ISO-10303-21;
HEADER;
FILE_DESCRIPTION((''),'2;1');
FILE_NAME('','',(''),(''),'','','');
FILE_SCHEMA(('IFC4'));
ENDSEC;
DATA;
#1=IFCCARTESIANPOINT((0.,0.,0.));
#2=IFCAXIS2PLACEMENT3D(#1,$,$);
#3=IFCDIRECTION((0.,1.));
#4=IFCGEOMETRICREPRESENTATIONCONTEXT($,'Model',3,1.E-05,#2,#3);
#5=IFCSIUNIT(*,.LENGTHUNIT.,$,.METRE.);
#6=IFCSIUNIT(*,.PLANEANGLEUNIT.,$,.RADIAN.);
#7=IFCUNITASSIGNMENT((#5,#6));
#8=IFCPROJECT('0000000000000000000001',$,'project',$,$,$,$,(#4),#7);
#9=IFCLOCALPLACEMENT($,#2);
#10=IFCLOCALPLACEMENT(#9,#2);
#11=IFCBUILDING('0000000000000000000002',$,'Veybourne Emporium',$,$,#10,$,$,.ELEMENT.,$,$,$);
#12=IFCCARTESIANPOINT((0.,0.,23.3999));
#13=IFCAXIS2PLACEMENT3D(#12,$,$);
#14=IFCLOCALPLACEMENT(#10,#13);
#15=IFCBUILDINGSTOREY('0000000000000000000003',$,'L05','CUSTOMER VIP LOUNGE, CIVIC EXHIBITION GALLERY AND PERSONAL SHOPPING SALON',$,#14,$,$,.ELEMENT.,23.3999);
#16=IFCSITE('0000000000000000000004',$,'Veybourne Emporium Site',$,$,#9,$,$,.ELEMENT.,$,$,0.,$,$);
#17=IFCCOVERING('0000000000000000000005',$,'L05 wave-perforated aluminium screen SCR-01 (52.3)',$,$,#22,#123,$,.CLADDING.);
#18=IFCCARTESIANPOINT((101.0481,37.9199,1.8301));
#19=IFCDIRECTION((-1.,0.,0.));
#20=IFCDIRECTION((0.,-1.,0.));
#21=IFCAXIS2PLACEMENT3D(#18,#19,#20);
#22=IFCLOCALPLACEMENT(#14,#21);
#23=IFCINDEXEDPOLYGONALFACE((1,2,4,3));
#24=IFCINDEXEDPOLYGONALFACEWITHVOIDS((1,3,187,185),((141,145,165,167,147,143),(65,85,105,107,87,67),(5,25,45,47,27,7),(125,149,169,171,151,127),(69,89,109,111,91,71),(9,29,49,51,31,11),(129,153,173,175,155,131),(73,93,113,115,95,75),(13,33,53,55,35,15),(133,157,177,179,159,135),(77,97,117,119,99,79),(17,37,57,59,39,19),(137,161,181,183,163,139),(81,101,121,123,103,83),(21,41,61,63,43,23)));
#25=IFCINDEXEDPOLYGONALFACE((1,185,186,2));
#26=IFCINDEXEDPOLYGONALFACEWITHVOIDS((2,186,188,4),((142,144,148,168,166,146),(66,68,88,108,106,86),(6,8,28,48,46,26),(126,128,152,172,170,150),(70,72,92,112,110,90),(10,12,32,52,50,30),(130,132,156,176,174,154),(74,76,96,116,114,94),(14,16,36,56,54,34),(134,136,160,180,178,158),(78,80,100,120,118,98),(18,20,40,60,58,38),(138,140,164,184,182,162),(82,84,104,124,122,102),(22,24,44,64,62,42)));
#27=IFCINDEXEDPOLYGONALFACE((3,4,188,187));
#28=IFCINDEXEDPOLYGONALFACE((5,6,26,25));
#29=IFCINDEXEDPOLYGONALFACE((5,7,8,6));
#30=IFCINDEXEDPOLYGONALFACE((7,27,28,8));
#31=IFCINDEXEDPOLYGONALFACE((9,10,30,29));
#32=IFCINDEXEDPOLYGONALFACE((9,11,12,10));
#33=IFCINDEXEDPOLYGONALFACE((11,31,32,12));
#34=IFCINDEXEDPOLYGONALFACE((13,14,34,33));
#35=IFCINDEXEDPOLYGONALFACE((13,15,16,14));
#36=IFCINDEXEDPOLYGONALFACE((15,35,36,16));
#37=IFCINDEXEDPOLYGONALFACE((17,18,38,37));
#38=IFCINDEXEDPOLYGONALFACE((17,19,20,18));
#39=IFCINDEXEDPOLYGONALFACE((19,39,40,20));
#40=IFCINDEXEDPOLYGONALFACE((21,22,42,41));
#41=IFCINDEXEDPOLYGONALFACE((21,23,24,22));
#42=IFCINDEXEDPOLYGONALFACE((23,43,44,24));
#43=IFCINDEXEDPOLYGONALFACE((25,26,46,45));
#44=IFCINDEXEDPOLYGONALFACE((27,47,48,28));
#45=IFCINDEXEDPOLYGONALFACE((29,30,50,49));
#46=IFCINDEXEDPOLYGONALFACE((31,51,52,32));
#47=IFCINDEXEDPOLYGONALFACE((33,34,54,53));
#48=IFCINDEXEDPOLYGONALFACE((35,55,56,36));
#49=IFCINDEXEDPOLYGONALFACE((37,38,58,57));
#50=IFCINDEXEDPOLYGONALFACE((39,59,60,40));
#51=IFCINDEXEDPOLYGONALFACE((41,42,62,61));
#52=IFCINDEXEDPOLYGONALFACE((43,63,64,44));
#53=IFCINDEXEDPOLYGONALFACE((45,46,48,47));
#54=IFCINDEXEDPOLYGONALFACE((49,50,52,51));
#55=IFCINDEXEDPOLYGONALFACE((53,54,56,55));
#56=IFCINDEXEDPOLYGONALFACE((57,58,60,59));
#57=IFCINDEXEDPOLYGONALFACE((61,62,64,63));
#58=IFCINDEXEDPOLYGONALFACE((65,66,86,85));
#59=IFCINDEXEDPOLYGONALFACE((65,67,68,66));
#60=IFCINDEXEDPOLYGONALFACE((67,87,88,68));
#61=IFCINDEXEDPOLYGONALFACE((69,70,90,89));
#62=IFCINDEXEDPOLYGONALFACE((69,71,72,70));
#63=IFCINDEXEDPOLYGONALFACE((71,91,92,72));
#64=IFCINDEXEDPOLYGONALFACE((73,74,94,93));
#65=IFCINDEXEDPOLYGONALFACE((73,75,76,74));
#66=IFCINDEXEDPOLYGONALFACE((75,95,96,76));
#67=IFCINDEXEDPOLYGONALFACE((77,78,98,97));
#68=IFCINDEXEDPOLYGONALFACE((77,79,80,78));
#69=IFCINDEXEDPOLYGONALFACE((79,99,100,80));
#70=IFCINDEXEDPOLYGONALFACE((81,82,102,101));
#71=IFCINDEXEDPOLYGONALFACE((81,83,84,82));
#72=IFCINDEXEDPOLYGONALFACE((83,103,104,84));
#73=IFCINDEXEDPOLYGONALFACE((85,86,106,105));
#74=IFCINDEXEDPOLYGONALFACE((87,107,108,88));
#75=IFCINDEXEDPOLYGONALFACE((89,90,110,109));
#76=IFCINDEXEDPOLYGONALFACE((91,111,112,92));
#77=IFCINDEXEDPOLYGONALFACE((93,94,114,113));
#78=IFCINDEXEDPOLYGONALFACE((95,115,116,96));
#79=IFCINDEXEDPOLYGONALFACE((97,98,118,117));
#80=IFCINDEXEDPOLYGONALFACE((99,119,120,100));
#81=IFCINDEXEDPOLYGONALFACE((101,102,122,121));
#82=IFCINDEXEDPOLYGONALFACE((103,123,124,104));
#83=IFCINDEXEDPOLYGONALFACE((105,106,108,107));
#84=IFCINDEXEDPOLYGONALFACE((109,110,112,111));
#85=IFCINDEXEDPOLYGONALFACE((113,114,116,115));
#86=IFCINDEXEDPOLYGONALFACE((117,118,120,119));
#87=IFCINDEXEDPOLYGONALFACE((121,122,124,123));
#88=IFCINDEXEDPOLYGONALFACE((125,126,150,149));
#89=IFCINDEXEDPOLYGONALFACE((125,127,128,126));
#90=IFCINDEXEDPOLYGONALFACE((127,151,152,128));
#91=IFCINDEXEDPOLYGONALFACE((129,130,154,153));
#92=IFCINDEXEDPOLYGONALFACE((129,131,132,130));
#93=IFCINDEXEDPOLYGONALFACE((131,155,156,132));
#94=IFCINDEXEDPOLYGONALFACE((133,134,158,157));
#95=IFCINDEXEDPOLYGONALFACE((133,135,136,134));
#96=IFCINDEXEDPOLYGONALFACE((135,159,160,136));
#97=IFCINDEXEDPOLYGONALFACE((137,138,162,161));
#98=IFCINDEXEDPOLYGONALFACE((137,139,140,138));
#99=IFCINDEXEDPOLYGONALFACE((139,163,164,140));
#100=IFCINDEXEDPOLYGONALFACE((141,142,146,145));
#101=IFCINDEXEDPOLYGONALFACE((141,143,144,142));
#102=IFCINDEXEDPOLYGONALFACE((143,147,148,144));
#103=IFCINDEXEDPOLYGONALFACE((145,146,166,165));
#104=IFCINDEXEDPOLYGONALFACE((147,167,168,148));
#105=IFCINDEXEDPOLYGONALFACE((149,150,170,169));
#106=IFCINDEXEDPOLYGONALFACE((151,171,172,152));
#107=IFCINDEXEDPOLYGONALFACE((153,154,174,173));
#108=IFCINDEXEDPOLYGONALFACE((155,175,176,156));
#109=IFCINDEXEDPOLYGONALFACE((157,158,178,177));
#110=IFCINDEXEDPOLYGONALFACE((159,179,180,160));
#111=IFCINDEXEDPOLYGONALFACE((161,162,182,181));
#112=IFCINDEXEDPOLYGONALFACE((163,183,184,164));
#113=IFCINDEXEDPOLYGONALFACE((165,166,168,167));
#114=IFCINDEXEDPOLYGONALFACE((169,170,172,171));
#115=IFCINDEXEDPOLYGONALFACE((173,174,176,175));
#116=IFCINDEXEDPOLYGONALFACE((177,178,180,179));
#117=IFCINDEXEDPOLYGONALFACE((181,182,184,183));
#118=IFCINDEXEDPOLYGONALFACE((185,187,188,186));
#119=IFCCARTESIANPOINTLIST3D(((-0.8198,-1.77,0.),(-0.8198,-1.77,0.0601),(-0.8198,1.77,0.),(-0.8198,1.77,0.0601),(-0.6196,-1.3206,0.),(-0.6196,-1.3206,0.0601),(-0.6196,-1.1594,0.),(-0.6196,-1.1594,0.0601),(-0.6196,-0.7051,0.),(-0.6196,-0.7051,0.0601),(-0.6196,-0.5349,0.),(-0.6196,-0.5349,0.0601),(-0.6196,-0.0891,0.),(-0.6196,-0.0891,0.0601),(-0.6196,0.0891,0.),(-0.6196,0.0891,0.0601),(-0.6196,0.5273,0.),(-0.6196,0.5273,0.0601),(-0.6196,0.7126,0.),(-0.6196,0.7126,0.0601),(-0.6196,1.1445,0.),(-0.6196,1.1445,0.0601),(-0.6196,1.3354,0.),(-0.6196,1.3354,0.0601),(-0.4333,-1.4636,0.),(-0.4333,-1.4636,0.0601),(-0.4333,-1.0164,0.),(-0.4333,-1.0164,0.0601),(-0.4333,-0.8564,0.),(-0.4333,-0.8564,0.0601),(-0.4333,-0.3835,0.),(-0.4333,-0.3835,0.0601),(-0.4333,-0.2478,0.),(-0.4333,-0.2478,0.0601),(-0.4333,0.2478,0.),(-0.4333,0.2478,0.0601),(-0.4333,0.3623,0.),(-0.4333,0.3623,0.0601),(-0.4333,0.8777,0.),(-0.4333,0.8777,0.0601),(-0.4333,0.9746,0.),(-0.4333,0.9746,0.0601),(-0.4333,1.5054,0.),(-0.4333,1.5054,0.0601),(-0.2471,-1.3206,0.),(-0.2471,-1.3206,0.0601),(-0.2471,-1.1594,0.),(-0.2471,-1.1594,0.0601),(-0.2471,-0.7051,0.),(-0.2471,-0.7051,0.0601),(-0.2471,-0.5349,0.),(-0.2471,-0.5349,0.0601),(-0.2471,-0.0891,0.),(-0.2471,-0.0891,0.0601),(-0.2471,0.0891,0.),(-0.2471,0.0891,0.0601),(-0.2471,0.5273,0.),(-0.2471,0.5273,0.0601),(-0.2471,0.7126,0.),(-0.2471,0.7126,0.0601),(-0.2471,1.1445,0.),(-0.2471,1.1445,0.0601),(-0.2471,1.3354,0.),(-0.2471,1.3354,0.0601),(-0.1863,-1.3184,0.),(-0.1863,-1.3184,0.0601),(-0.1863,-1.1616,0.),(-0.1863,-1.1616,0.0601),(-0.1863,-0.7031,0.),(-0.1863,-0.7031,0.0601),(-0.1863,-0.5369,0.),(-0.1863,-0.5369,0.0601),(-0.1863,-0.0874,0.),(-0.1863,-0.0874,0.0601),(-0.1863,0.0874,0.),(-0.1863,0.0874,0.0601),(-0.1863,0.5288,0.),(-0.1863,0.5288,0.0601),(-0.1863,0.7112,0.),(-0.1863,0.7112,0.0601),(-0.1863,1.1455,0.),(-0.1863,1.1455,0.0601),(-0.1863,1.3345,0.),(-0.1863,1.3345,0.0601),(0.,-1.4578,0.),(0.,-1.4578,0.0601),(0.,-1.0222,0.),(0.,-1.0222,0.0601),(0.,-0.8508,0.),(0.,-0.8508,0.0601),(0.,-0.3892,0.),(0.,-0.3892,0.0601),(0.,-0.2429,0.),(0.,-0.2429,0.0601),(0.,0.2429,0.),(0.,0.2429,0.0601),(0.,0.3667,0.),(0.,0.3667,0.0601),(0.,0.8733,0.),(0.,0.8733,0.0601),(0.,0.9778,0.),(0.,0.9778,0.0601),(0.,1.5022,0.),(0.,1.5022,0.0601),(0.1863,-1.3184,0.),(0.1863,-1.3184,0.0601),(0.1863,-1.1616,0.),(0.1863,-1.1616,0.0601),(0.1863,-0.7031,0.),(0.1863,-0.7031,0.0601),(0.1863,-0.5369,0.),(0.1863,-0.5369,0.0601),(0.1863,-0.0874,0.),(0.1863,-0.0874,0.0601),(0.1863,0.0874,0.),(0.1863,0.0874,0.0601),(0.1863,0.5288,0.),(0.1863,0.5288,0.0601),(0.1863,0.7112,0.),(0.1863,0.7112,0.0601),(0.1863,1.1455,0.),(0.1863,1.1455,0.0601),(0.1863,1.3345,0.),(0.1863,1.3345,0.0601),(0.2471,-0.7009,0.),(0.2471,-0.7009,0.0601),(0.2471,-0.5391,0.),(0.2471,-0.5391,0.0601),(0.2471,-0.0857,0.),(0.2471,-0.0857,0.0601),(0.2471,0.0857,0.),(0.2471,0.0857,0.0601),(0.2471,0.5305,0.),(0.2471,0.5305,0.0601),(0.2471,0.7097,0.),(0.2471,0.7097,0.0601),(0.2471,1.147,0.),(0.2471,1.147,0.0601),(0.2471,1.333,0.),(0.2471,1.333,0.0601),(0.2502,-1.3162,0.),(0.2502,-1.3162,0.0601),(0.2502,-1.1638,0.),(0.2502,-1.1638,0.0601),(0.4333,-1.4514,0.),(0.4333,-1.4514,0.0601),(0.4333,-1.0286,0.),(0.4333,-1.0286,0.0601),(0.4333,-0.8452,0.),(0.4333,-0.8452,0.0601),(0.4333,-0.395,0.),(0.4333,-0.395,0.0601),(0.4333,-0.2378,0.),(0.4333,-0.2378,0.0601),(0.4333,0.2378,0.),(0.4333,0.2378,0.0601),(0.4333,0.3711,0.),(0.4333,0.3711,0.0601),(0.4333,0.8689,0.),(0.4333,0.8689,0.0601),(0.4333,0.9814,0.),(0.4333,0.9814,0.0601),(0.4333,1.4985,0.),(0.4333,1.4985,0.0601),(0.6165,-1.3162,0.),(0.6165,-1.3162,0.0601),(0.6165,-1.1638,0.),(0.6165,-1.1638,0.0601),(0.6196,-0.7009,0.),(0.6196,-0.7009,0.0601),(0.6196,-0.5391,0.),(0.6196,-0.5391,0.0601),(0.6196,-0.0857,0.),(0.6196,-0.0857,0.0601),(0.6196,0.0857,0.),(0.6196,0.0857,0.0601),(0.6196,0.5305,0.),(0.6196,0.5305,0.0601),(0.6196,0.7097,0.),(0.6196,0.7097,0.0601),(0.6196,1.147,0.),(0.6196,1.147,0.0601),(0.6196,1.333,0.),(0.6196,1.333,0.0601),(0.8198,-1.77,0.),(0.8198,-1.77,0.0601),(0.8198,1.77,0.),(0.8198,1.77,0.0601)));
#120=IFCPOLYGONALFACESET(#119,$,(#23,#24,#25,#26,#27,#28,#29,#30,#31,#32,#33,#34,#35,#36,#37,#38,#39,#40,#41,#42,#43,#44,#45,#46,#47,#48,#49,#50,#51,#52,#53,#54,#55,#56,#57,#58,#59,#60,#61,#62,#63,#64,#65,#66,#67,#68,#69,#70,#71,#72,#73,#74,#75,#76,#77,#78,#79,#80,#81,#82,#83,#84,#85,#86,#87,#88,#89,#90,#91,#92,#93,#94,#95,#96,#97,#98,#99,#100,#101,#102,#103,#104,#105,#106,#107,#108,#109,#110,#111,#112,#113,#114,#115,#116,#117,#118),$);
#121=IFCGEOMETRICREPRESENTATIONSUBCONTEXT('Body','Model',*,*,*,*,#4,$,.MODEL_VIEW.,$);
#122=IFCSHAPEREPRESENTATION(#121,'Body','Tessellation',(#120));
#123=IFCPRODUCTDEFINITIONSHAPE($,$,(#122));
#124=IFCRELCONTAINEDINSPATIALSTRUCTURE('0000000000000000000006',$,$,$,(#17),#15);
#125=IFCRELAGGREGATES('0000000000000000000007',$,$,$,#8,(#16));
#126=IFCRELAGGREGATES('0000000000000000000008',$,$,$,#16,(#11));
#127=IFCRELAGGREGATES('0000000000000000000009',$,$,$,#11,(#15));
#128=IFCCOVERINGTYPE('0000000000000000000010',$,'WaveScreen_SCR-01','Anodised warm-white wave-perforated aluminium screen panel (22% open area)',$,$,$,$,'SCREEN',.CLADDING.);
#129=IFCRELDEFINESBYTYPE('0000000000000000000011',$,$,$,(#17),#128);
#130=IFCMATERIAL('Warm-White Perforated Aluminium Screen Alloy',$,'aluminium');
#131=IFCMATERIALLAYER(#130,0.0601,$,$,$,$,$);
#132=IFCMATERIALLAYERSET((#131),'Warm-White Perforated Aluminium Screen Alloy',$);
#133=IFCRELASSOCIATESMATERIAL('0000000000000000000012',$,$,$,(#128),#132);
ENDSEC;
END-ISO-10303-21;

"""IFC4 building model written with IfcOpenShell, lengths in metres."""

from ifc_helpers import new_model, si_unit, direction, frame, origin, place, context, subcontext, project, spatial, polyline, outline, extrude, material, layer, layer_set, type_object, element, save


model = new_model("IFC4")

# Units and contexts
model_context = context("Model", 3, precision=1e-05, world=origin(), true_north=direction((0.0, 1.0)))
body_context = subcontext(model_context, "Body", "Model", "MODEL_VIEW")
ifc_project = project(units=[si_unit("LENGTHUNIT", "METRE"), si_unit("PLANEANGLEUNIT", "RADIAN")], contexts=[model_context])

# Site, building, storey
site_placement = place(None, origin())
site = spatial("IfcSite", under=ifc_project, at=site_placement, Name="Veybourne Emporium Site", CompositionType="ELEMENT", RefElevation=0.0)
building_placement = place(site_placement, origin())
building = spatial("IfcBuilding", under=site, at=building_placement, Name="Veybourne Emporium", CompositionType="ELEMENT")
storey_placement = place(building_placement, frame((0.0, 0.0, 23.3999)))
storey = spatial("IfcBuildingStorey", under=building, at=storey_placement, Name="L05", Description="CUSTOMER VIP LOUNGE, CIVIC EXHIBITION GALLERY AND PERSONAL SHOPPING SALON", CompositionType="ELEMENT", Elevation=23.3999)

# Covering
ifc_material_1 = material(Name="Warm-White Perforated Aluminium Screen Alloy", Category="aluminium")
ifc_layer_1 = layer(ifc_material_1, 0.0601)
ifc_layer_set_1 = layer_set([ifc_layer_1], Name="Warm-White Perforated Aluminium Screen Alloy")
covering_type_1 = type_object("IfcCoveringType", Name="WaveScreen_SCR-01", Description="Anodised warm-white wave-perforated aluminium screen panel (22% open area)", ElementType="SCREEN", PredefinedType="CLADDING", material=ifc_layer_set_1)
covering_1_placement = place(storey_placement, frame((101.0481, 37.9199, 1.8301), z_axis=(-1.0, 0.0, 0.0), x_axis=(0.0, -1.0, 0.0)))
element("IfcCovering", 1, at=covering_1_placement, inside=storey, type_object=covering_type_1, Name="L05 wave-perforated aluminium screen SCR-01 (52.3)", PredefinedType="CLADDING", context=body_context, shape_type="SweptSolid", body=[
    extrude(outline(polyline([(-0.8198, -1.77), (0.8198, -1.77), (0.8198, 1.77), (-0.8198, 1.77), (-0.8198, -1.77)]), holes=[polyline([(-0.4333, -1.0164), (-0.2471, -1.1594), (-0.2471, -1.3206), (-0.4333, -1.4636), (-0.6196, -1.3206), (-0.6196, -1.1594), (-0.4333, -1.0164)]), polyline([(-0.4333, -0.3835), (-0.2471, -0.5349), (-0.2471, -0.7051), (-0.4333, -0.8564), (-0.6196, -0.7051), (-0.6196, -0.5349), (-0.4333, -0.3835)]), polyline([(-0.4333, 0.2478), (-0.2471, 0.0891), (-0.2471, -0.0891), (-0.4333, -0.2478), (-0.6196, -0.0891), (-0.6196, 0.0891), (-0.4333, 0.2478)]), polyline([(-0.4333, 0.8777), (-0.2471, 0.7126), (-0.2471, 0.5273), (-0.4333, 0.3623), (-0.6196, 0.5273), (-0.6196, 0.7126), (-0.4333, 0.8777)]), polyline([(-0.4333, 1.5054), (-0.2471, 1.3354), (-0.2471, 1.1445), (-0.4333, 0.9746), (-0.6196, 1.1445), (-0.6196, 1.3354), (-0.4333, 1.5054)]), polyline([(0.0, -1.0222), (0.1863, -1.1616), (0.1863, -1.3184), (0.0, -1.4578), (-0.1863, -1.3184), (-0.1863, -1.1616), (0.0, -1.0222)]), polyline([(0.0, -0.3892), (0.1863, -0.5369), (0.1863, -0.7031), (0.0, -0.8508), (-0.1863, -0.7031), (-0.1863, -0.5369), (0.0, -0.3892)]), polyline([(0.0, 0.2429), (0.1863, 0.0874), (0.1863, -0.0874), (0.0, -0.2429), (-0.1863, -0.0874), (-0.1863, 0.0874), (0.0, 0.2429)]), polyline([(0.0, 0.8733), (0.1863, 0.7112), (0.1863, 0.5288), (0.0, 0.3667), (-0.1863, 0.5288), (-0.1863, 0.7112), (0.0, 0.8733)]), polyline([(0.0, 1.5022), (0.1863, 1.3345), (0.1863, 1.1455), (0.0, 0.9778), (-0.1863, 1.1455), (-0.1863, 1.3345), (0.0, 1.5022)]), polyline([(0.4333, -1.0286), (0.6165, -1.1638), (0.6165, -1.3162), (0.4333, -1.4514), (0.2502, -1.3162), (0.2502, -1.1638), (0.4333, -1.0286)]), polyline([(0.4333, -0.395), (0.6196, -0.5391), (0.6196, -0.7009), (0.4333, -0.8452), (0.2471, -0.7009), (0.2471, -0.5391), (0.4333, -0.395)]), polyline([(0.4333, 0.2378), (0.6196, 0.0857), (0.6196, -0.0857), (0.4333, -0.2378), (0.2471, -0.0857), (0.2471, 0.0857), (0.4333, 0.2378)]), polyline([(0.4333, 0.8689), (0.6196, 0.7097), (0.6196, 0.5305), (0.4333, 0.3711), (0.2471, 0.5305), (0.2471, 0.7097), (0.4333, 0.8689)]), polyline([(0.4333, 1.4985), (0.6196, 1.333), (0.6196, 1.147), (0.4333, 0.9814), (0.2471, 1.147), (0.2471, 1.333), (0.4333, 1.4985)])]), origin(), (0.0, 0.0, 1.0), 0.0601),
])

save(model, "model.ifc")
